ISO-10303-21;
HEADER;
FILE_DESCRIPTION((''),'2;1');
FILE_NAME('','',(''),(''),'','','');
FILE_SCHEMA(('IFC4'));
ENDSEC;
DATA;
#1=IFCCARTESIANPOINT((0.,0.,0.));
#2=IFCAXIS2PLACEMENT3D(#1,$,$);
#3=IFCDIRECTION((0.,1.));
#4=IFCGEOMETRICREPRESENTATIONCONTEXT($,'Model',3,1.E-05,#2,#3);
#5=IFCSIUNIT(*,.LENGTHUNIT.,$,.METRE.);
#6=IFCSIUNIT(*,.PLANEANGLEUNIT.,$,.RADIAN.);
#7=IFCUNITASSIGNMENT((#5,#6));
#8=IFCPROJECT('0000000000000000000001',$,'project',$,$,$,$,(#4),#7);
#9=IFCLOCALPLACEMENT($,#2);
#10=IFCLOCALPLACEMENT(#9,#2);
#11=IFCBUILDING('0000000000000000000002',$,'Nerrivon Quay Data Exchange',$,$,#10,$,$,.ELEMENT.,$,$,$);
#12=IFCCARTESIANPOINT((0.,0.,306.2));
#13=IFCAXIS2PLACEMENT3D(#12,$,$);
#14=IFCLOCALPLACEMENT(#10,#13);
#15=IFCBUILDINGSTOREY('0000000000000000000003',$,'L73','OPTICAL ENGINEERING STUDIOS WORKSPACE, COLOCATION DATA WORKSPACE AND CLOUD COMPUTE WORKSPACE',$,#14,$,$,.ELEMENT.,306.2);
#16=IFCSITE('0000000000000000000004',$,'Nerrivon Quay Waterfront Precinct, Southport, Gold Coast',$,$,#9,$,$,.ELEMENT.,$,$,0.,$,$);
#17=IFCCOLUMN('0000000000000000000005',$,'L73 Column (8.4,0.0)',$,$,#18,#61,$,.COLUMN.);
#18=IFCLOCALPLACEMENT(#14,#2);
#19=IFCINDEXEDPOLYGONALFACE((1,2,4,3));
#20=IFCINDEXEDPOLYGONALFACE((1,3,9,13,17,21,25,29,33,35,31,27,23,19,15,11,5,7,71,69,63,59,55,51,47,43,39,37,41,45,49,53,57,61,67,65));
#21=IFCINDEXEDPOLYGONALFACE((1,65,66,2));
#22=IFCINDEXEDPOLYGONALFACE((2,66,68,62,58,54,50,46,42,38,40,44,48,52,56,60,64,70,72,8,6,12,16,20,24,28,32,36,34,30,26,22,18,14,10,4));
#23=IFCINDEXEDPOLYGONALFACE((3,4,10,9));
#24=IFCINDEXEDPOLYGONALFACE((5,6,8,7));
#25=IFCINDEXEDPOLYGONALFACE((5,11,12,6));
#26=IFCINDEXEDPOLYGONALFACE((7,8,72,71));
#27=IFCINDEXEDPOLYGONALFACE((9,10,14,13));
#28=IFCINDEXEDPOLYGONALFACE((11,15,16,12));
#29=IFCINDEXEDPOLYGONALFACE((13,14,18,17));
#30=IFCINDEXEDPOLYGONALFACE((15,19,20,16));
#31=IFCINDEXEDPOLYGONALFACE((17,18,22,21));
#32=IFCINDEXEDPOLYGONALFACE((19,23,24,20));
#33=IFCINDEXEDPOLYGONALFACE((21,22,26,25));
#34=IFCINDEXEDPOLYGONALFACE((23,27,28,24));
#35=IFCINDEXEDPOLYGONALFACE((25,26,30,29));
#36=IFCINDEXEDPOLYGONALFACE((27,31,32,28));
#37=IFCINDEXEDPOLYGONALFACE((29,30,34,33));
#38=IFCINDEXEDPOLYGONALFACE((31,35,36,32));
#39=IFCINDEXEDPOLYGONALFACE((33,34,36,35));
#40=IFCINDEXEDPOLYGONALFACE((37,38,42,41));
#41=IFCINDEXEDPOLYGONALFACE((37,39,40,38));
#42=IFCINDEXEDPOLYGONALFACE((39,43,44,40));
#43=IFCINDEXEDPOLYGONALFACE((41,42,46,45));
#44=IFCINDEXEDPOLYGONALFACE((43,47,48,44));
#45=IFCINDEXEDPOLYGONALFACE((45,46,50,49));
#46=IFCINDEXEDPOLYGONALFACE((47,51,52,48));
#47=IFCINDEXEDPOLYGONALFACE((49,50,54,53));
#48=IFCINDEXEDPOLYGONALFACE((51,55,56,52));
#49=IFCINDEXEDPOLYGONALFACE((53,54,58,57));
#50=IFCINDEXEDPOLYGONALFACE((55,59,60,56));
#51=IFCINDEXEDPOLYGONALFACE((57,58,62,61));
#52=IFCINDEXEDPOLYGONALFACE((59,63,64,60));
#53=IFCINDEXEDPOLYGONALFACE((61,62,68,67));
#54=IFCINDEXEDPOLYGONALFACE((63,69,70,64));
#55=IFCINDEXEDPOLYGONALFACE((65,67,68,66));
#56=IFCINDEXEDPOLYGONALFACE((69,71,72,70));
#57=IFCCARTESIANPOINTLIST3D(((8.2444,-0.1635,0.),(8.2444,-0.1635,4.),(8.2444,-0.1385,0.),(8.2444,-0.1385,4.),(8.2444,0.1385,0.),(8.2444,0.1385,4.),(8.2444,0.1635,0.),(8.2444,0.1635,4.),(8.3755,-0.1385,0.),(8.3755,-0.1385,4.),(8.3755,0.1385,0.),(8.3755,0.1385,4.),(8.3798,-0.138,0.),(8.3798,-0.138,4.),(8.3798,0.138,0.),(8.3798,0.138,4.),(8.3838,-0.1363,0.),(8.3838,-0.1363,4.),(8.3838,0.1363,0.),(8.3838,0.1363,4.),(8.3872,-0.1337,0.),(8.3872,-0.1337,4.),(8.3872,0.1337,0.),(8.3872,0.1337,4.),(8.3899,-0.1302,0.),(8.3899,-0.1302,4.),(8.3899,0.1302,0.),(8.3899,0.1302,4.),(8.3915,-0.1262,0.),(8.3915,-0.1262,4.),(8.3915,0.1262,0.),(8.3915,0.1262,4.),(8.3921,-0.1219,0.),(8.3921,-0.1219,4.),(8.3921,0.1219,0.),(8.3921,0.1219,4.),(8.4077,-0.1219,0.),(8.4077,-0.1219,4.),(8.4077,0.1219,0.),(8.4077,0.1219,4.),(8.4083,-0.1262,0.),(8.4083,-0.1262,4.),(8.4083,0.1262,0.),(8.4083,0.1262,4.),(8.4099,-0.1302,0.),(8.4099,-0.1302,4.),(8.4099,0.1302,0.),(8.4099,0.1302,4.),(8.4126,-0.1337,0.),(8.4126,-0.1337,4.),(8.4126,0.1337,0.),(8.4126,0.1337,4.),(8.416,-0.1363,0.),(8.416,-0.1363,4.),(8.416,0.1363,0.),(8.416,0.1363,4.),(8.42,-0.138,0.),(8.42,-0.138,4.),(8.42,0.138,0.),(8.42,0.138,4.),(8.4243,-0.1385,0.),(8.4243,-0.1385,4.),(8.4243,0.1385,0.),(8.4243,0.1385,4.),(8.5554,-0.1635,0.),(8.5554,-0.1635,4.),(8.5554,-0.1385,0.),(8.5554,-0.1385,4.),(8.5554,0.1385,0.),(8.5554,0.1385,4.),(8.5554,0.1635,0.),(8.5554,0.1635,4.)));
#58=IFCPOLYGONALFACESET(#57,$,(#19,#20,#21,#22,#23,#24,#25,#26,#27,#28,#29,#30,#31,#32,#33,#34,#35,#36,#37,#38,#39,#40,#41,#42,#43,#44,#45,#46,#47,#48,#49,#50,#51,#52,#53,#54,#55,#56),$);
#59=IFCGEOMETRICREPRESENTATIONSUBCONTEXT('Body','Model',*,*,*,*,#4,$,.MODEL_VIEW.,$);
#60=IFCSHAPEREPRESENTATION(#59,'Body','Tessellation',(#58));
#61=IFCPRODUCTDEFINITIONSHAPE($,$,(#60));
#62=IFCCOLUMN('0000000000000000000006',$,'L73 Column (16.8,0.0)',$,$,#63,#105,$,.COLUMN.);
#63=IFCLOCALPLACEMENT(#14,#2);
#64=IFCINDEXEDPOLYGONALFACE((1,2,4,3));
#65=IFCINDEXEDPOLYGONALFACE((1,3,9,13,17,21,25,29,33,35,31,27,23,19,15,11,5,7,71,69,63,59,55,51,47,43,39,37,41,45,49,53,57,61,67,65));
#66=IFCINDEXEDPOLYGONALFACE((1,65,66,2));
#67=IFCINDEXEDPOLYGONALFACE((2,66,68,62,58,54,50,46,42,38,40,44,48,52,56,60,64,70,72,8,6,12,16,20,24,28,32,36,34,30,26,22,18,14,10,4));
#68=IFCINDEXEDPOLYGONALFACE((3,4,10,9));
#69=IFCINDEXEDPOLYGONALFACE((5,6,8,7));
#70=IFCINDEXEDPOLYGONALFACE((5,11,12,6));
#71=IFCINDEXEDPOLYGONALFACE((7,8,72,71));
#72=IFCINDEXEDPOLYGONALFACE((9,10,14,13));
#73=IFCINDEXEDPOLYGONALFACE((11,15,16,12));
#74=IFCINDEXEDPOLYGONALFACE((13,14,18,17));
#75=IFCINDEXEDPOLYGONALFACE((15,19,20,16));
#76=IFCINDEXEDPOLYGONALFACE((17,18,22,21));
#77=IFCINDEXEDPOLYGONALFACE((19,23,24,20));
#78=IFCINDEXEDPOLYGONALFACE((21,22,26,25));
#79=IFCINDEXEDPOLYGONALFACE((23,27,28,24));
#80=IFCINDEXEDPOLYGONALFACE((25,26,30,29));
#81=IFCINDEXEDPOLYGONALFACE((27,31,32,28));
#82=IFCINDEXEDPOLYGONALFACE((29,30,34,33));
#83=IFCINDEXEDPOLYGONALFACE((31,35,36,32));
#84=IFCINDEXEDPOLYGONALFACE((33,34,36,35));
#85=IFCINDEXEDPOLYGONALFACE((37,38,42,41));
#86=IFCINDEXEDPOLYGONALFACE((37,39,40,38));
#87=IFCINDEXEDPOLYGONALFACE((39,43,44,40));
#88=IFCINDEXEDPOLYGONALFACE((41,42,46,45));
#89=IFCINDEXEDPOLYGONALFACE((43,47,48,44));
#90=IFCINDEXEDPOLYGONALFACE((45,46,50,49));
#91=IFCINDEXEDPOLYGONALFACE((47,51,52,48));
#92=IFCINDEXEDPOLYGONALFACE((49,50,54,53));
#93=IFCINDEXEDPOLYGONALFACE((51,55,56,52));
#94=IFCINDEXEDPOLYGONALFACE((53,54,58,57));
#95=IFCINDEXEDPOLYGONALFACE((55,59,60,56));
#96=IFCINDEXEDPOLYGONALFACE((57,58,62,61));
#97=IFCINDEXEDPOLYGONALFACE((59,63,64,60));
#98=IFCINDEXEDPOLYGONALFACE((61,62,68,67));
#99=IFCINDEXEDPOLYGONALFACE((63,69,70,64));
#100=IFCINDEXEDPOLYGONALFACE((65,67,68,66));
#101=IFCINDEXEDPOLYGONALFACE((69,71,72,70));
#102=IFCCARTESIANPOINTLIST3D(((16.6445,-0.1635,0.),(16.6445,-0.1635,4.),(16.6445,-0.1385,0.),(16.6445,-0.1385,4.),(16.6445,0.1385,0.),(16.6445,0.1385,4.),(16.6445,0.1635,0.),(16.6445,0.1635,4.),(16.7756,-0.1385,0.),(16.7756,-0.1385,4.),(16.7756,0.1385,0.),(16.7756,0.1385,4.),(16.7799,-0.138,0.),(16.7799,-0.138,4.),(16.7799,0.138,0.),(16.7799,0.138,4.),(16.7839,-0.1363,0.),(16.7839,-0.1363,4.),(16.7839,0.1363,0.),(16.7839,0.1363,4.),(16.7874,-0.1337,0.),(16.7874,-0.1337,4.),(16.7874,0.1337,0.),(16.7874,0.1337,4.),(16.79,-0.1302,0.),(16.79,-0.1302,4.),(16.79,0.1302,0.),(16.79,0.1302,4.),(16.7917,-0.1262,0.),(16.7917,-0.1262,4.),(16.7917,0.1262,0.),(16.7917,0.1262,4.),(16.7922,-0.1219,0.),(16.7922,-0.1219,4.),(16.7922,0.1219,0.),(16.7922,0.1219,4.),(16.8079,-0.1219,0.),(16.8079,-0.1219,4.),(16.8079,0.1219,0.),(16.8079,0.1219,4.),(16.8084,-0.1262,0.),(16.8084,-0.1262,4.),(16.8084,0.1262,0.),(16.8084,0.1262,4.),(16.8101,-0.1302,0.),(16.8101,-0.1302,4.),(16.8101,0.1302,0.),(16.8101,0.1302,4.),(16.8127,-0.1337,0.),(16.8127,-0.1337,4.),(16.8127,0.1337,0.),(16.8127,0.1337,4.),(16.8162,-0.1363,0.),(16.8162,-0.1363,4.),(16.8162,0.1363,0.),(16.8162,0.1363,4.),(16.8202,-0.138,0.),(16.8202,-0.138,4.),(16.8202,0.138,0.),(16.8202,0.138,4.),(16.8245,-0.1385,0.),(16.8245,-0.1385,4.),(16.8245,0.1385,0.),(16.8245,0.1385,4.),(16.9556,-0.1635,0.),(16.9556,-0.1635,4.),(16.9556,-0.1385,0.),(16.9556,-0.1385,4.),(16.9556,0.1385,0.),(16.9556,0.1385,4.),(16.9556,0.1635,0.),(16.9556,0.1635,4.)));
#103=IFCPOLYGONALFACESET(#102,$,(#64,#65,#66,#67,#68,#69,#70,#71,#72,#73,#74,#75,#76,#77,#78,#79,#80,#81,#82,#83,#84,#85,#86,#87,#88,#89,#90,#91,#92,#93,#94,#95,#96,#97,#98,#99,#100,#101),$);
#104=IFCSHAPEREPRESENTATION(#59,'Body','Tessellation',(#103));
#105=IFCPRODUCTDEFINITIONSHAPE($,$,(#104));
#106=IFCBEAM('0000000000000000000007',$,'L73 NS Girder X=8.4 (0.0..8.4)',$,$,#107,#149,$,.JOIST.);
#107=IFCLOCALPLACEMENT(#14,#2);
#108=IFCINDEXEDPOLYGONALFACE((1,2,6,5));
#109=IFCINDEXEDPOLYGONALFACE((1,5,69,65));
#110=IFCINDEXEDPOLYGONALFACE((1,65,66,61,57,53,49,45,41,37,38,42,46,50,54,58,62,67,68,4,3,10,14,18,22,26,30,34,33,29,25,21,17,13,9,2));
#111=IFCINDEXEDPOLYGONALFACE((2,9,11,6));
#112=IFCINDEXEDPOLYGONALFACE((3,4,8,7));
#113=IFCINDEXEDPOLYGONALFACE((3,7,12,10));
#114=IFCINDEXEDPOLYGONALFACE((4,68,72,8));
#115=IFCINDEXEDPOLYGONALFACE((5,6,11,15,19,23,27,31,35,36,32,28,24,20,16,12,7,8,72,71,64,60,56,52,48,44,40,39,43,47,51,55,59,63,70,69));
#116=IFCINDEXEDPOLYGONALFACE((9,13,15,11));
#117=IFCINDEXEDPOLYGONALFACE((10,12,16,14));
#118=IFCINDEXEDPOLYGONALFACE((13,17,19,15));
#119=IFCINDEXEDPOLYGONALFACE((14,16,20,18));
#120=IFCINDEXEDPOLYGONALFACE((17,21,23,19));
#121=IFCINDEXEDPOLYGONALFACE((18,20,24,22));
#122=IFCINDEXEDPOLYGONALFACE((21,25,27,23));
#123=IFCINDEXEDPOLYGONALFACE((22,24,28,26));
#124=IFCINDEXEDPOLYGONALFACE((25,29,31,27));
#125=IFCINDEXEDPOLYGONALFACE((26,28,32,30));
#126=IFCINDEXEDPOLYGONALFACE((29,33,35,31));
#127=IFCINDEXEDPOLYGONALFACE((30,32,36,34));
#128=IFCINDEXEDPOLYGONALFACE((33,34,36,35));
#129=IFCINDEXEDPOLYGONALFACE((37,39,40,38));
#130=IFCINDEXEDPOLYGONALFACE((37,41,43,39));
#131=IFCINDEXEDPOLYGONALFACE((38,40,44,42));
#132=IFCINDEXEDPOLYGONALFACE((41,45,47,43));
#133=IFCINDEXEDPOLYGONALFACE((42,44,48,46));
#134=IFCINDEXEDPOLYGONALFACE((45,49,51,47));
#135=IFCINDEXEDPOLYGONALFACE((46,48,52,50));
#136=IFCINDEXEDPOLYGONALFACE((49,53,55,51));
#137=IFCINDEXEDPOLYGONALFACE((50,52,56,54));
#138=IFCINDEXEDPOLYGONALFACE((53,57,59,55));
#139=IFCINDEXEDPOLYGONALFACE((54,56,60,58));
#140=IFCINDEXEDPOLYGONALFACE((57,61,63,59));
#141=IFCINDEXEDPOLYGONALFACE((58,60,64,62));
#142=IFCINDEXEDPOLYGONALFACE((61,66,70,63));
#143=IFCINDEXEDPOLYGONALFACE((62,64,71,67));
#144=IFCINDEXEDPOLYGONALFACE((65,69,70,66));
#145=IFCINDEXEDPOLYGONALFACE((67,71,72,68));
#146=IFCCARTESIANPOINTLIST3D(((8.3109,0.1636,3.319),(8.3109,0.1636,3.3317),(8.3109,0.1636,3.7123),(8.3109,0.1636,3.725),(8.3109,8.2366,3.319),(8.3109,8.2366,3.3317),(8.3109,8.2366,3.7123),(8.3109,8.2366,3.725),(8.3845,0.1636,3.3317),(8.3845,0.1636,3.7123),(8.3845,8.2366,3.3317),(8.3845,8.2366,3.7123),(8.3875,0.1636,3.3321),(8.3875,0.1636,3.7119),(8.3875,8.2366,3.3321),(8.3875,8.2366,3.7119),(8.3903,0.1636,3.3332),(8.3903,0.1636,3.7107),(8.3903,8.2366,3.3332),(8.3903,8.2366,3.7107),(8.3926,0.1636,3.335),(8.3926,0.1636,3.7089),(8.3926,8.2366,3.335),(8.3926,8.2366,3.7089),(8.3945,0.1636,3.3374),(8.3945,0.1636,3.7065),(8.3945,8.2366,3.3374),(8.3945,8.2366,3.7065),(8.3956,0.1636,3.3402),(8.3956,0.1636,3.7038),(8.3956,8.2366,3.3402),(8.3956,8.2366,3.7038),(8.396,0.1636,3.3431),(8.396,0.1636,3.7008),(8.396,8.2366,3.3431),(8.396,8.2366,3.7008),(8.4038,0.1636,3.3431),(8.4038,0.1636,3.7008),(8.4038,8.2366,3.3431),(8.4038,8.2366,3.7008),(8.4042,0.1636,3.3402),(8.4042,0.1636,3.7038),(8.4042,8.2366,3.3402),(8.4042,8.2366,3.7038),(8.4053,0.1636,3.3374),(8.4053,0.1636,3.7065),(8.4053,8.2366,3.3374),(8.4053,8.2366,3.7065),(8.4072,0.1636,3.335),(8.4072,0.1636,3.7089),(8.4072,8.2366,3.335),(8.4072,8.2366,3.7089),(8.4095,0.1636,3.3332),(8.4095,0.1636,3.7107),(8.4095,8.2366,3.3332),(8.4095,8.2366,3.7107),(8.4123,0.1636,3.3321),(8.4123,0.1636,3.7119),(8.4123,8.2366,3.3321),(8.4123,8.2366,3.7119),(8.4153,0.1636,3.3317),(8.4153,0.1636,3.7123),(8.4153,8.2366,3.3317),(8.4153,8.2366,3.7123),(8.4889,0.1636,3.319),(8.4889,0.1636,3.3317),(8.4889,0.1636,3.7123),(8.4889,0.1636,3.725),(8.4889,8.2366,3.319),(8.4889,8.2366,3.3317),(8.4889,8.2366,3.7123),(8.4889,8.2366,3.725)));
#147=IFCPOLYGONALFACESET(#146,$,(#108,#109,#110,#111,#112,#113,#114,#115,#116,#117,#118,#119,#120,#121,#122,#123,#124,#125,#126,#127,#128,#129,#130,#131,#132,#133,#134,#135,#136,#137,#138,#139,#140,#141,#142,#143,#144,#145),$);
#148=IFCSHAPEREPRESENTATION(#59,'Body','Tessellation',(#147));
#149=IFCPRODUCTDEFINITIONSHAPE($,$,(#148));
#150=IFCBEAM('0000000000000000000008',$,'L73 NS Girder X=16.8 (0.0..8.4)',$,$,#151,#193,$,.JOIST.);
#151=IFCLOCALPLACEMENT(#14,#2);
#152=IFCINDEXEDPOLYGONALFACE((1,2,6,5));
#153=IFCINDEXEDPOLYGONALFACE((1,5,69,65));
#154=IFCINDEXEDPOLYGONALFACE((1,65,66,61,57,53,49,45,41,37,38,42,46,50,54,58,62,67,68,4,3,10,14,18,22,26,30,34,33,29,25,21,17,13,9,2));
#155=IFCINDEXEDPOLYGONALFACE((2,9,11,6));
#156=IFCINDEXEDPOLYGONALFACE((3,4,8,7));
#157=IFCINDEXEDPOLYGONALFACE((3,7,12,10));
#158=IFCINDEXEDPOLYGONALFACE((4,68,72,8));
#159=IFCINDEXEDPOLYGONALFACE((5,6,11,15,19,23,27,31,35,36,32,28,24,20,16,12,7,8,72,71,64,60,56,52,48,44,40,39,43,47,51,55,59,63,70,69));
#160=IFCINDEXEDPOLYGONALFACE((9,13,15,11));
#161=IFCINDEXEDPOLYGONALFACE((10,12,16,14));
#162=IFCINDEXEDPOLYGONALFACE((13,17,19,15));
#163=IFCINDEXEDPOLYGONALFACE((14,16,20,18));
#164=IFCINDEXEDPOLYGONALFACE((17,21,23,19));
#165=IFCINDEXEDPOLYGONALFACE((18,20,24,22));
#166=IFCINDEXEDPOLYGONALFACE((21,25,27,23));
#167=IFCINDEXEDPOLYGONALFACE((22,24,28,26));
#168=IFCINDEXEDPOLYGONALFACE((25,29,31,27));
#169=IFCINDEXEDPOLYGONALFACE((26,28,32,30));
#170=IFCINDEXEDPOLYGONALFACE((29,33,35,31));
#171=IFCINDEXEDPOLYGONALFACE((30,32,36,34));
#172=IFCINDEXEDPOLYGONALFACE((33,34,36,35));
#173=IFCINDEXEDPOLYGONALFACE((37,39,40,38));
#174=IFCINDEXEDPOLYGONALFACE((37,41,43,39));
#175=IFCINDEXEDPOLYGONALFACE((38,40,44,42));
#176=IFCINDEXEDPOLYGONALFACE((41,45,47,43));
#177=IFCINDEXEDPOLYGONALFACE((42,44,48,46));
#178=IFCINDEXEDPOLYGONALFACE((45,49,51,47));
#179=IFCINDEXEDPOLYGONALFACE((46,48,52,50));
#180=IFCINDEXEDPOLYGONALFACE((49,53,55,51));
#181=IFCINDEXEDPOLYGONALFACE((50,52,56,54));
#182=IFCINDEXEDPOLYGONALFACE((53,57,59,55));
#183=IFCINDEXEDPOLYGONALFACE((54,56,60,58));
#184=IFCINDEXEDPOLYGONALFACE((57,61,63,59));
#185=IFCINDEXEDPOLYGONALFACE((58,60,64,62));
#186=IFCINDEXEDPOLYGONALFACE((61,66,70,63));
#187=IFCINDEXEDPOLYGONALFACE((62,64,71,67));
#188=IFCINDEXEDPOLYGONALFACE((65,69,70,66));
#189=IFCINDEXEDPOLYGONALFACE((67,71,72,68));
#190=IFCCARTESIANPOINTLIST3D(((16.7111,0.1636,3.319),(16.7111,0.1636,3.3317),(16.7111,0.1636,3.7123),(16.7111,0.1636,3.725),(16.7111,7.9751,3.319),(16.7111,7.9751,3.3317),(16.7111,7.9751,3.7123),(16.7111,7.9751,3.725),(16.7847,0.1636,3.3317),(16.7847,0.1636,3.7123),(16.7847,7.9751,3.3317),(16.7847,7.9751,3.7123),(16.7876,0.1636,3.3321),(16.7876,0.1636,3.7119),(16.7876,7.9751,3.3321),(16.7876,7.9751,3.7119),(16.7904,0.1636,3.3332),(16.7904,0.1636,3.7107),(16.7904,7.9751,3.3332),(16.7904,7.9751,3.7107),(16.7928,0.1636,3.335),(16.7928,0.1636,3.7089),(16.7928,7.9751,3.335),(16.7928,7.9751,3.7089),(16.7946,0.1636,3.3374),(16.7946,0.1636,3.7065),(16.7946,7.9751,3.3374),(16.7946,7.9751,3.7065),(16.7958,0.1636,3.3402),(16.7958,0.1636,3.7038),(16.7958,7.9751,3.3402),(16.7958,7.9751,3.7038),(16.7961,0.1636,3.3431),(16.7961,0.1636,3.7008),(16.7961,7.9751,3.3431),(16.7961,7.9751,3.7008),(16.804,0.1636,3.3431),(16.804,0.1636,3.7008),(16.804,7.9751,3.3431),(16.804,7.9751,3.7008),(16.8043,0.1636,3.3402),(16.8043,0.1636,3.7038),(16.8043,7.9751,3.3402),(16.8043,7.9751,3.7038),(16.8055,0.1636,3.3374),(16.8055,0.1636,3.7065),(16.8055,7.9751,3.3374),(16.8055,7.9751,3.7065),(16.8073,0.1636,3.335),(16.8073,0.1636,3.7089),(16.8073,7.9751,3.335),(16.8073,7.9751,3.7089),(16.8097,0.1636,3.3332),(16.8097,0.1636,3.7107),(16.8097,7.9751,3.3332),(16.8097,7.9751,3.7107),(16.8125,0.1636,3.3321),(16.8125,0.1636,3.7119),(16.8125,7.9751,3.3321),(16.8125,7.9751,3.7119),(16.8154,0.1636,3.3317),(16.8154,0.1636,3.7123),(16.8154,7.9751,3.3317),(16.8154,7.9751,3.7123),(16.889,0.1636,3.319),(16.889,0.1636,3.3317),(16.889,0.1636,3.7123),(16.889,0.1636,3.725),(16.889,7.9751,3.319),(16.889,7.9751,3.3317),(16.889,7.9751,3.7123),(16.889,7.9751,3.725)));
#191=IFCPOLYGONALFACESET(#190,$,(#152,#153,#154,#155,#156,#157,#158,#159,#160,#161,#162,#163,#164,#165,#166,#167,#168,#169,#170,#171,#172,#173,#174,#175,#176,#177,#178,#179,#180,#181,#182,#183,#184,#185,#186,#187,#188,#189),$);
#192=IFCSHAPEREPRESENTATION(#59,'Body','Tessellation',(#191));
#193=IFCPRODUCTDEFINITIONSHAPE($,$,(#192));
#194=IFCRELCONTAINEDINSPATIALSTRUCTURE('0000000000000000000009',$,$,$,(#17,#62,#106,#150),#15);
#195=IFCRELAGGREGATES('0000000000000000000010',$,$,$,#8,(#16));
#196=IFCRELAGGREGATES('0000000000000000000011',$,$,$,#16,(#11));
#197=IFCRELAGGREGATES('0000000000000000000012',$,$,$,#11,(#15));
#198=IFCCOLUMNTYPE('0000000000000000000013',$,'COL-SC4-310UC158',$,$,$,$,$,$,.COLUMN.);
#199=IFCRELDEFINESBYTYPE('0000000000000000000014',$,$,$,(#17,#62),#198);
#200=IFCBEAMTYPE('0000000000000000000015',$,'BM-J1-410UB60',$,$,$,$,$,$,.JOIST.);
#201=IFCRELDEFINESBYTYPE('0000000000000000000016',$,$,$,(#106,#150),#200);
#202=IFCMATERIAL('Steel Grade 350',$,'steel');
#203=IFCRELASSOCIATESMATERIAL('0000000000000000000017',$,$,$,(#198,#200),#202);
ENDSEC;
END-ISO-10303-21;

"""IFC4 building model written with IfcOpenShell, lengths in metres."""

from ifc_helpers import new_model, si_unit, direction, frame, origin, origin_2d, place, context, subcontext, project, spatial, i_section, extrude, material, material_profile, profile_set, type_object, element, save


model = new_model("IFC4")

# Units and contexts
model_context = context("Model", 3, precision=1e-05, world=origin(), true_north=direction((0.0, 1.0)))
body_context = subcontext(model_context, "Body", "Model", "MODEL_VIEW")
ifc_project = project(units=[si_unit("LENGTHUNIT", "METRE"), si_unit("PLANEANGLEUNIT", "RADIAN")], contexts=[model_context])

# Site, building, storey
site_placement = place(None, origin())
site = spatial("IfcSite", under=ifc_project, at=site_placement, Name="Nerrivon Quay Waterfront Precinct, Southport, Gold Coast", CompositionType="ELEMENT", RefElevation=0.0)
building_placement = place(site_placement, origin())
building = spatial("IfcBuilding", under=site, at=building_placement, Name="Nerrivon Quay Data Exchange", CompositionType="ELEMENT")
storey_placement = place(building_placement, frame((0.0, 0.0, 306.2)))
storey = spatial("IfcBuildingStorey", under=building, at=storey_placement, Name="L73", Description="OPTICAL ENGINEERING STUDIOS WORKSPACE, COLOCATION DATA WORKSPACE AND CLOUD COMPUTE WORKSPACE", CompositionType="ELEMENT", Elevation=306.2)

# Columns
ifc_material_1 = material(Name="Steel Grade 350", Category="steel")
ifc_material_profile_1 = material_profile(ifc_material_1, i_section(OverallWidth=0.311, OverallDepth=0.3269, WebThickness=0.0156, FlangeThickness=0.0249, FilletRadius=0.0166, at=origin_2d()), Name="310UC158")
ifc_profile_set_1 = profile_set([ifc_material_profile_1], Name="Steel Grade 350")
column_type = type_object("IfcColumnType", Name="COL-SC4-310UC158", PredefinedType="COLUMN", material=ifc_profile_set_1)
for number, where, z_axis, x_axis, name in (
    (1, (8.3999, 0.0, 0.0), (0.0, 0.0, 1.0), (1.0, 0.0, 0.0), "L73 Column (8.4,0.0)"),
    (2, (16.8, 0.0, 0.0), (0.0, 0.0, 1.0), (1.0, 0.0, 0.0), "L73 Column (16.8,0.0)"),
):
    element("IfcColumn", number, at=place(storey_placement, frame(where, z_axis=z_axis, x_axis=x_axis)), inside=storey, type_object=column_type, Name=name, PredefinedType="COLUMN", context=body_context, shape_type="SweptSolid", body=[
        extrude(i_section(OverallWidth=0.311, OverallDepth=0.3269, WebThickness=0.0156, FlangeThickness=0.0249, FilletRadius=0.0166, at=origin_2d()), origin(), (0.0, 0.0, 1.0), 4.0),
    ])

# Beams
ifc_material_profile_2 = material_profile(ifc_material_1, i_section(OverallWidth=0.178, OverallDepth=0.406, WebThickness=0.0078, FlangeThickness=0.0127, FilletRadius=0.0115, at=origin_2d()), Name="410UB59.7")
ifc_profile_set_2 = profile_set([ifc_material_profile_2], Name="Steel Grade 350")
beam_type_1 = type_object("IfcBeamType", Name="BM-J1-410UB60", PredefinedType="JOIST", material=ifc_profile_set_2)
beam_1_placement = place(storey_placement, frame((8.3999, 0.1636, 3.522), z_axis=(0.0, 1.0, 0.0), x_axis=(-1.0, 0.0, 0.0)))
element("IfcBeam", 3, at=beam_1_placement, inside=storey, type_object=beam_type_1, Name="L73 NS Girder X=8.4 (0.0..8.4)", PredefinedType="JOIST", context=body_context, shape_type="SweptSolid", body=[
    extrude(i_section(OverallWidth=0.178, OverallDepth=0.406, WebThickness=0.0078, FlangeThickness=0.0127, FilletRadius=0.0115, at=origin_2d()), origin(), (0.0, 0.0, 1.0), 8.073),
])
beam_2_placement = place(storey_placement, frame((16.8, 0.1636, 3.522), z_axis=(0.0, 1.0, 0.0), x_axis=(-1.0, 0.0, 0.0)))
element("IfcBeam", 4, at=beam_2_placement, inside=storey, type_object=beam_type_1, Name="L73 NS Girder X=16.8 (0.0..8.4)", PredefinedType="JOIST", context=body_context, shape_type="SweptSolid", body=[
    extrude(i_section(OverallWidth=0.178, OverallDepth=0.406, WebThickness=0.0078, FlangeThickness=0.0127, FilletRadius=0.0115, at=origin_2d()), origin(), (0.0, 0.0, 1.0), 7.8115),
])

save(model, "model.ifc")
